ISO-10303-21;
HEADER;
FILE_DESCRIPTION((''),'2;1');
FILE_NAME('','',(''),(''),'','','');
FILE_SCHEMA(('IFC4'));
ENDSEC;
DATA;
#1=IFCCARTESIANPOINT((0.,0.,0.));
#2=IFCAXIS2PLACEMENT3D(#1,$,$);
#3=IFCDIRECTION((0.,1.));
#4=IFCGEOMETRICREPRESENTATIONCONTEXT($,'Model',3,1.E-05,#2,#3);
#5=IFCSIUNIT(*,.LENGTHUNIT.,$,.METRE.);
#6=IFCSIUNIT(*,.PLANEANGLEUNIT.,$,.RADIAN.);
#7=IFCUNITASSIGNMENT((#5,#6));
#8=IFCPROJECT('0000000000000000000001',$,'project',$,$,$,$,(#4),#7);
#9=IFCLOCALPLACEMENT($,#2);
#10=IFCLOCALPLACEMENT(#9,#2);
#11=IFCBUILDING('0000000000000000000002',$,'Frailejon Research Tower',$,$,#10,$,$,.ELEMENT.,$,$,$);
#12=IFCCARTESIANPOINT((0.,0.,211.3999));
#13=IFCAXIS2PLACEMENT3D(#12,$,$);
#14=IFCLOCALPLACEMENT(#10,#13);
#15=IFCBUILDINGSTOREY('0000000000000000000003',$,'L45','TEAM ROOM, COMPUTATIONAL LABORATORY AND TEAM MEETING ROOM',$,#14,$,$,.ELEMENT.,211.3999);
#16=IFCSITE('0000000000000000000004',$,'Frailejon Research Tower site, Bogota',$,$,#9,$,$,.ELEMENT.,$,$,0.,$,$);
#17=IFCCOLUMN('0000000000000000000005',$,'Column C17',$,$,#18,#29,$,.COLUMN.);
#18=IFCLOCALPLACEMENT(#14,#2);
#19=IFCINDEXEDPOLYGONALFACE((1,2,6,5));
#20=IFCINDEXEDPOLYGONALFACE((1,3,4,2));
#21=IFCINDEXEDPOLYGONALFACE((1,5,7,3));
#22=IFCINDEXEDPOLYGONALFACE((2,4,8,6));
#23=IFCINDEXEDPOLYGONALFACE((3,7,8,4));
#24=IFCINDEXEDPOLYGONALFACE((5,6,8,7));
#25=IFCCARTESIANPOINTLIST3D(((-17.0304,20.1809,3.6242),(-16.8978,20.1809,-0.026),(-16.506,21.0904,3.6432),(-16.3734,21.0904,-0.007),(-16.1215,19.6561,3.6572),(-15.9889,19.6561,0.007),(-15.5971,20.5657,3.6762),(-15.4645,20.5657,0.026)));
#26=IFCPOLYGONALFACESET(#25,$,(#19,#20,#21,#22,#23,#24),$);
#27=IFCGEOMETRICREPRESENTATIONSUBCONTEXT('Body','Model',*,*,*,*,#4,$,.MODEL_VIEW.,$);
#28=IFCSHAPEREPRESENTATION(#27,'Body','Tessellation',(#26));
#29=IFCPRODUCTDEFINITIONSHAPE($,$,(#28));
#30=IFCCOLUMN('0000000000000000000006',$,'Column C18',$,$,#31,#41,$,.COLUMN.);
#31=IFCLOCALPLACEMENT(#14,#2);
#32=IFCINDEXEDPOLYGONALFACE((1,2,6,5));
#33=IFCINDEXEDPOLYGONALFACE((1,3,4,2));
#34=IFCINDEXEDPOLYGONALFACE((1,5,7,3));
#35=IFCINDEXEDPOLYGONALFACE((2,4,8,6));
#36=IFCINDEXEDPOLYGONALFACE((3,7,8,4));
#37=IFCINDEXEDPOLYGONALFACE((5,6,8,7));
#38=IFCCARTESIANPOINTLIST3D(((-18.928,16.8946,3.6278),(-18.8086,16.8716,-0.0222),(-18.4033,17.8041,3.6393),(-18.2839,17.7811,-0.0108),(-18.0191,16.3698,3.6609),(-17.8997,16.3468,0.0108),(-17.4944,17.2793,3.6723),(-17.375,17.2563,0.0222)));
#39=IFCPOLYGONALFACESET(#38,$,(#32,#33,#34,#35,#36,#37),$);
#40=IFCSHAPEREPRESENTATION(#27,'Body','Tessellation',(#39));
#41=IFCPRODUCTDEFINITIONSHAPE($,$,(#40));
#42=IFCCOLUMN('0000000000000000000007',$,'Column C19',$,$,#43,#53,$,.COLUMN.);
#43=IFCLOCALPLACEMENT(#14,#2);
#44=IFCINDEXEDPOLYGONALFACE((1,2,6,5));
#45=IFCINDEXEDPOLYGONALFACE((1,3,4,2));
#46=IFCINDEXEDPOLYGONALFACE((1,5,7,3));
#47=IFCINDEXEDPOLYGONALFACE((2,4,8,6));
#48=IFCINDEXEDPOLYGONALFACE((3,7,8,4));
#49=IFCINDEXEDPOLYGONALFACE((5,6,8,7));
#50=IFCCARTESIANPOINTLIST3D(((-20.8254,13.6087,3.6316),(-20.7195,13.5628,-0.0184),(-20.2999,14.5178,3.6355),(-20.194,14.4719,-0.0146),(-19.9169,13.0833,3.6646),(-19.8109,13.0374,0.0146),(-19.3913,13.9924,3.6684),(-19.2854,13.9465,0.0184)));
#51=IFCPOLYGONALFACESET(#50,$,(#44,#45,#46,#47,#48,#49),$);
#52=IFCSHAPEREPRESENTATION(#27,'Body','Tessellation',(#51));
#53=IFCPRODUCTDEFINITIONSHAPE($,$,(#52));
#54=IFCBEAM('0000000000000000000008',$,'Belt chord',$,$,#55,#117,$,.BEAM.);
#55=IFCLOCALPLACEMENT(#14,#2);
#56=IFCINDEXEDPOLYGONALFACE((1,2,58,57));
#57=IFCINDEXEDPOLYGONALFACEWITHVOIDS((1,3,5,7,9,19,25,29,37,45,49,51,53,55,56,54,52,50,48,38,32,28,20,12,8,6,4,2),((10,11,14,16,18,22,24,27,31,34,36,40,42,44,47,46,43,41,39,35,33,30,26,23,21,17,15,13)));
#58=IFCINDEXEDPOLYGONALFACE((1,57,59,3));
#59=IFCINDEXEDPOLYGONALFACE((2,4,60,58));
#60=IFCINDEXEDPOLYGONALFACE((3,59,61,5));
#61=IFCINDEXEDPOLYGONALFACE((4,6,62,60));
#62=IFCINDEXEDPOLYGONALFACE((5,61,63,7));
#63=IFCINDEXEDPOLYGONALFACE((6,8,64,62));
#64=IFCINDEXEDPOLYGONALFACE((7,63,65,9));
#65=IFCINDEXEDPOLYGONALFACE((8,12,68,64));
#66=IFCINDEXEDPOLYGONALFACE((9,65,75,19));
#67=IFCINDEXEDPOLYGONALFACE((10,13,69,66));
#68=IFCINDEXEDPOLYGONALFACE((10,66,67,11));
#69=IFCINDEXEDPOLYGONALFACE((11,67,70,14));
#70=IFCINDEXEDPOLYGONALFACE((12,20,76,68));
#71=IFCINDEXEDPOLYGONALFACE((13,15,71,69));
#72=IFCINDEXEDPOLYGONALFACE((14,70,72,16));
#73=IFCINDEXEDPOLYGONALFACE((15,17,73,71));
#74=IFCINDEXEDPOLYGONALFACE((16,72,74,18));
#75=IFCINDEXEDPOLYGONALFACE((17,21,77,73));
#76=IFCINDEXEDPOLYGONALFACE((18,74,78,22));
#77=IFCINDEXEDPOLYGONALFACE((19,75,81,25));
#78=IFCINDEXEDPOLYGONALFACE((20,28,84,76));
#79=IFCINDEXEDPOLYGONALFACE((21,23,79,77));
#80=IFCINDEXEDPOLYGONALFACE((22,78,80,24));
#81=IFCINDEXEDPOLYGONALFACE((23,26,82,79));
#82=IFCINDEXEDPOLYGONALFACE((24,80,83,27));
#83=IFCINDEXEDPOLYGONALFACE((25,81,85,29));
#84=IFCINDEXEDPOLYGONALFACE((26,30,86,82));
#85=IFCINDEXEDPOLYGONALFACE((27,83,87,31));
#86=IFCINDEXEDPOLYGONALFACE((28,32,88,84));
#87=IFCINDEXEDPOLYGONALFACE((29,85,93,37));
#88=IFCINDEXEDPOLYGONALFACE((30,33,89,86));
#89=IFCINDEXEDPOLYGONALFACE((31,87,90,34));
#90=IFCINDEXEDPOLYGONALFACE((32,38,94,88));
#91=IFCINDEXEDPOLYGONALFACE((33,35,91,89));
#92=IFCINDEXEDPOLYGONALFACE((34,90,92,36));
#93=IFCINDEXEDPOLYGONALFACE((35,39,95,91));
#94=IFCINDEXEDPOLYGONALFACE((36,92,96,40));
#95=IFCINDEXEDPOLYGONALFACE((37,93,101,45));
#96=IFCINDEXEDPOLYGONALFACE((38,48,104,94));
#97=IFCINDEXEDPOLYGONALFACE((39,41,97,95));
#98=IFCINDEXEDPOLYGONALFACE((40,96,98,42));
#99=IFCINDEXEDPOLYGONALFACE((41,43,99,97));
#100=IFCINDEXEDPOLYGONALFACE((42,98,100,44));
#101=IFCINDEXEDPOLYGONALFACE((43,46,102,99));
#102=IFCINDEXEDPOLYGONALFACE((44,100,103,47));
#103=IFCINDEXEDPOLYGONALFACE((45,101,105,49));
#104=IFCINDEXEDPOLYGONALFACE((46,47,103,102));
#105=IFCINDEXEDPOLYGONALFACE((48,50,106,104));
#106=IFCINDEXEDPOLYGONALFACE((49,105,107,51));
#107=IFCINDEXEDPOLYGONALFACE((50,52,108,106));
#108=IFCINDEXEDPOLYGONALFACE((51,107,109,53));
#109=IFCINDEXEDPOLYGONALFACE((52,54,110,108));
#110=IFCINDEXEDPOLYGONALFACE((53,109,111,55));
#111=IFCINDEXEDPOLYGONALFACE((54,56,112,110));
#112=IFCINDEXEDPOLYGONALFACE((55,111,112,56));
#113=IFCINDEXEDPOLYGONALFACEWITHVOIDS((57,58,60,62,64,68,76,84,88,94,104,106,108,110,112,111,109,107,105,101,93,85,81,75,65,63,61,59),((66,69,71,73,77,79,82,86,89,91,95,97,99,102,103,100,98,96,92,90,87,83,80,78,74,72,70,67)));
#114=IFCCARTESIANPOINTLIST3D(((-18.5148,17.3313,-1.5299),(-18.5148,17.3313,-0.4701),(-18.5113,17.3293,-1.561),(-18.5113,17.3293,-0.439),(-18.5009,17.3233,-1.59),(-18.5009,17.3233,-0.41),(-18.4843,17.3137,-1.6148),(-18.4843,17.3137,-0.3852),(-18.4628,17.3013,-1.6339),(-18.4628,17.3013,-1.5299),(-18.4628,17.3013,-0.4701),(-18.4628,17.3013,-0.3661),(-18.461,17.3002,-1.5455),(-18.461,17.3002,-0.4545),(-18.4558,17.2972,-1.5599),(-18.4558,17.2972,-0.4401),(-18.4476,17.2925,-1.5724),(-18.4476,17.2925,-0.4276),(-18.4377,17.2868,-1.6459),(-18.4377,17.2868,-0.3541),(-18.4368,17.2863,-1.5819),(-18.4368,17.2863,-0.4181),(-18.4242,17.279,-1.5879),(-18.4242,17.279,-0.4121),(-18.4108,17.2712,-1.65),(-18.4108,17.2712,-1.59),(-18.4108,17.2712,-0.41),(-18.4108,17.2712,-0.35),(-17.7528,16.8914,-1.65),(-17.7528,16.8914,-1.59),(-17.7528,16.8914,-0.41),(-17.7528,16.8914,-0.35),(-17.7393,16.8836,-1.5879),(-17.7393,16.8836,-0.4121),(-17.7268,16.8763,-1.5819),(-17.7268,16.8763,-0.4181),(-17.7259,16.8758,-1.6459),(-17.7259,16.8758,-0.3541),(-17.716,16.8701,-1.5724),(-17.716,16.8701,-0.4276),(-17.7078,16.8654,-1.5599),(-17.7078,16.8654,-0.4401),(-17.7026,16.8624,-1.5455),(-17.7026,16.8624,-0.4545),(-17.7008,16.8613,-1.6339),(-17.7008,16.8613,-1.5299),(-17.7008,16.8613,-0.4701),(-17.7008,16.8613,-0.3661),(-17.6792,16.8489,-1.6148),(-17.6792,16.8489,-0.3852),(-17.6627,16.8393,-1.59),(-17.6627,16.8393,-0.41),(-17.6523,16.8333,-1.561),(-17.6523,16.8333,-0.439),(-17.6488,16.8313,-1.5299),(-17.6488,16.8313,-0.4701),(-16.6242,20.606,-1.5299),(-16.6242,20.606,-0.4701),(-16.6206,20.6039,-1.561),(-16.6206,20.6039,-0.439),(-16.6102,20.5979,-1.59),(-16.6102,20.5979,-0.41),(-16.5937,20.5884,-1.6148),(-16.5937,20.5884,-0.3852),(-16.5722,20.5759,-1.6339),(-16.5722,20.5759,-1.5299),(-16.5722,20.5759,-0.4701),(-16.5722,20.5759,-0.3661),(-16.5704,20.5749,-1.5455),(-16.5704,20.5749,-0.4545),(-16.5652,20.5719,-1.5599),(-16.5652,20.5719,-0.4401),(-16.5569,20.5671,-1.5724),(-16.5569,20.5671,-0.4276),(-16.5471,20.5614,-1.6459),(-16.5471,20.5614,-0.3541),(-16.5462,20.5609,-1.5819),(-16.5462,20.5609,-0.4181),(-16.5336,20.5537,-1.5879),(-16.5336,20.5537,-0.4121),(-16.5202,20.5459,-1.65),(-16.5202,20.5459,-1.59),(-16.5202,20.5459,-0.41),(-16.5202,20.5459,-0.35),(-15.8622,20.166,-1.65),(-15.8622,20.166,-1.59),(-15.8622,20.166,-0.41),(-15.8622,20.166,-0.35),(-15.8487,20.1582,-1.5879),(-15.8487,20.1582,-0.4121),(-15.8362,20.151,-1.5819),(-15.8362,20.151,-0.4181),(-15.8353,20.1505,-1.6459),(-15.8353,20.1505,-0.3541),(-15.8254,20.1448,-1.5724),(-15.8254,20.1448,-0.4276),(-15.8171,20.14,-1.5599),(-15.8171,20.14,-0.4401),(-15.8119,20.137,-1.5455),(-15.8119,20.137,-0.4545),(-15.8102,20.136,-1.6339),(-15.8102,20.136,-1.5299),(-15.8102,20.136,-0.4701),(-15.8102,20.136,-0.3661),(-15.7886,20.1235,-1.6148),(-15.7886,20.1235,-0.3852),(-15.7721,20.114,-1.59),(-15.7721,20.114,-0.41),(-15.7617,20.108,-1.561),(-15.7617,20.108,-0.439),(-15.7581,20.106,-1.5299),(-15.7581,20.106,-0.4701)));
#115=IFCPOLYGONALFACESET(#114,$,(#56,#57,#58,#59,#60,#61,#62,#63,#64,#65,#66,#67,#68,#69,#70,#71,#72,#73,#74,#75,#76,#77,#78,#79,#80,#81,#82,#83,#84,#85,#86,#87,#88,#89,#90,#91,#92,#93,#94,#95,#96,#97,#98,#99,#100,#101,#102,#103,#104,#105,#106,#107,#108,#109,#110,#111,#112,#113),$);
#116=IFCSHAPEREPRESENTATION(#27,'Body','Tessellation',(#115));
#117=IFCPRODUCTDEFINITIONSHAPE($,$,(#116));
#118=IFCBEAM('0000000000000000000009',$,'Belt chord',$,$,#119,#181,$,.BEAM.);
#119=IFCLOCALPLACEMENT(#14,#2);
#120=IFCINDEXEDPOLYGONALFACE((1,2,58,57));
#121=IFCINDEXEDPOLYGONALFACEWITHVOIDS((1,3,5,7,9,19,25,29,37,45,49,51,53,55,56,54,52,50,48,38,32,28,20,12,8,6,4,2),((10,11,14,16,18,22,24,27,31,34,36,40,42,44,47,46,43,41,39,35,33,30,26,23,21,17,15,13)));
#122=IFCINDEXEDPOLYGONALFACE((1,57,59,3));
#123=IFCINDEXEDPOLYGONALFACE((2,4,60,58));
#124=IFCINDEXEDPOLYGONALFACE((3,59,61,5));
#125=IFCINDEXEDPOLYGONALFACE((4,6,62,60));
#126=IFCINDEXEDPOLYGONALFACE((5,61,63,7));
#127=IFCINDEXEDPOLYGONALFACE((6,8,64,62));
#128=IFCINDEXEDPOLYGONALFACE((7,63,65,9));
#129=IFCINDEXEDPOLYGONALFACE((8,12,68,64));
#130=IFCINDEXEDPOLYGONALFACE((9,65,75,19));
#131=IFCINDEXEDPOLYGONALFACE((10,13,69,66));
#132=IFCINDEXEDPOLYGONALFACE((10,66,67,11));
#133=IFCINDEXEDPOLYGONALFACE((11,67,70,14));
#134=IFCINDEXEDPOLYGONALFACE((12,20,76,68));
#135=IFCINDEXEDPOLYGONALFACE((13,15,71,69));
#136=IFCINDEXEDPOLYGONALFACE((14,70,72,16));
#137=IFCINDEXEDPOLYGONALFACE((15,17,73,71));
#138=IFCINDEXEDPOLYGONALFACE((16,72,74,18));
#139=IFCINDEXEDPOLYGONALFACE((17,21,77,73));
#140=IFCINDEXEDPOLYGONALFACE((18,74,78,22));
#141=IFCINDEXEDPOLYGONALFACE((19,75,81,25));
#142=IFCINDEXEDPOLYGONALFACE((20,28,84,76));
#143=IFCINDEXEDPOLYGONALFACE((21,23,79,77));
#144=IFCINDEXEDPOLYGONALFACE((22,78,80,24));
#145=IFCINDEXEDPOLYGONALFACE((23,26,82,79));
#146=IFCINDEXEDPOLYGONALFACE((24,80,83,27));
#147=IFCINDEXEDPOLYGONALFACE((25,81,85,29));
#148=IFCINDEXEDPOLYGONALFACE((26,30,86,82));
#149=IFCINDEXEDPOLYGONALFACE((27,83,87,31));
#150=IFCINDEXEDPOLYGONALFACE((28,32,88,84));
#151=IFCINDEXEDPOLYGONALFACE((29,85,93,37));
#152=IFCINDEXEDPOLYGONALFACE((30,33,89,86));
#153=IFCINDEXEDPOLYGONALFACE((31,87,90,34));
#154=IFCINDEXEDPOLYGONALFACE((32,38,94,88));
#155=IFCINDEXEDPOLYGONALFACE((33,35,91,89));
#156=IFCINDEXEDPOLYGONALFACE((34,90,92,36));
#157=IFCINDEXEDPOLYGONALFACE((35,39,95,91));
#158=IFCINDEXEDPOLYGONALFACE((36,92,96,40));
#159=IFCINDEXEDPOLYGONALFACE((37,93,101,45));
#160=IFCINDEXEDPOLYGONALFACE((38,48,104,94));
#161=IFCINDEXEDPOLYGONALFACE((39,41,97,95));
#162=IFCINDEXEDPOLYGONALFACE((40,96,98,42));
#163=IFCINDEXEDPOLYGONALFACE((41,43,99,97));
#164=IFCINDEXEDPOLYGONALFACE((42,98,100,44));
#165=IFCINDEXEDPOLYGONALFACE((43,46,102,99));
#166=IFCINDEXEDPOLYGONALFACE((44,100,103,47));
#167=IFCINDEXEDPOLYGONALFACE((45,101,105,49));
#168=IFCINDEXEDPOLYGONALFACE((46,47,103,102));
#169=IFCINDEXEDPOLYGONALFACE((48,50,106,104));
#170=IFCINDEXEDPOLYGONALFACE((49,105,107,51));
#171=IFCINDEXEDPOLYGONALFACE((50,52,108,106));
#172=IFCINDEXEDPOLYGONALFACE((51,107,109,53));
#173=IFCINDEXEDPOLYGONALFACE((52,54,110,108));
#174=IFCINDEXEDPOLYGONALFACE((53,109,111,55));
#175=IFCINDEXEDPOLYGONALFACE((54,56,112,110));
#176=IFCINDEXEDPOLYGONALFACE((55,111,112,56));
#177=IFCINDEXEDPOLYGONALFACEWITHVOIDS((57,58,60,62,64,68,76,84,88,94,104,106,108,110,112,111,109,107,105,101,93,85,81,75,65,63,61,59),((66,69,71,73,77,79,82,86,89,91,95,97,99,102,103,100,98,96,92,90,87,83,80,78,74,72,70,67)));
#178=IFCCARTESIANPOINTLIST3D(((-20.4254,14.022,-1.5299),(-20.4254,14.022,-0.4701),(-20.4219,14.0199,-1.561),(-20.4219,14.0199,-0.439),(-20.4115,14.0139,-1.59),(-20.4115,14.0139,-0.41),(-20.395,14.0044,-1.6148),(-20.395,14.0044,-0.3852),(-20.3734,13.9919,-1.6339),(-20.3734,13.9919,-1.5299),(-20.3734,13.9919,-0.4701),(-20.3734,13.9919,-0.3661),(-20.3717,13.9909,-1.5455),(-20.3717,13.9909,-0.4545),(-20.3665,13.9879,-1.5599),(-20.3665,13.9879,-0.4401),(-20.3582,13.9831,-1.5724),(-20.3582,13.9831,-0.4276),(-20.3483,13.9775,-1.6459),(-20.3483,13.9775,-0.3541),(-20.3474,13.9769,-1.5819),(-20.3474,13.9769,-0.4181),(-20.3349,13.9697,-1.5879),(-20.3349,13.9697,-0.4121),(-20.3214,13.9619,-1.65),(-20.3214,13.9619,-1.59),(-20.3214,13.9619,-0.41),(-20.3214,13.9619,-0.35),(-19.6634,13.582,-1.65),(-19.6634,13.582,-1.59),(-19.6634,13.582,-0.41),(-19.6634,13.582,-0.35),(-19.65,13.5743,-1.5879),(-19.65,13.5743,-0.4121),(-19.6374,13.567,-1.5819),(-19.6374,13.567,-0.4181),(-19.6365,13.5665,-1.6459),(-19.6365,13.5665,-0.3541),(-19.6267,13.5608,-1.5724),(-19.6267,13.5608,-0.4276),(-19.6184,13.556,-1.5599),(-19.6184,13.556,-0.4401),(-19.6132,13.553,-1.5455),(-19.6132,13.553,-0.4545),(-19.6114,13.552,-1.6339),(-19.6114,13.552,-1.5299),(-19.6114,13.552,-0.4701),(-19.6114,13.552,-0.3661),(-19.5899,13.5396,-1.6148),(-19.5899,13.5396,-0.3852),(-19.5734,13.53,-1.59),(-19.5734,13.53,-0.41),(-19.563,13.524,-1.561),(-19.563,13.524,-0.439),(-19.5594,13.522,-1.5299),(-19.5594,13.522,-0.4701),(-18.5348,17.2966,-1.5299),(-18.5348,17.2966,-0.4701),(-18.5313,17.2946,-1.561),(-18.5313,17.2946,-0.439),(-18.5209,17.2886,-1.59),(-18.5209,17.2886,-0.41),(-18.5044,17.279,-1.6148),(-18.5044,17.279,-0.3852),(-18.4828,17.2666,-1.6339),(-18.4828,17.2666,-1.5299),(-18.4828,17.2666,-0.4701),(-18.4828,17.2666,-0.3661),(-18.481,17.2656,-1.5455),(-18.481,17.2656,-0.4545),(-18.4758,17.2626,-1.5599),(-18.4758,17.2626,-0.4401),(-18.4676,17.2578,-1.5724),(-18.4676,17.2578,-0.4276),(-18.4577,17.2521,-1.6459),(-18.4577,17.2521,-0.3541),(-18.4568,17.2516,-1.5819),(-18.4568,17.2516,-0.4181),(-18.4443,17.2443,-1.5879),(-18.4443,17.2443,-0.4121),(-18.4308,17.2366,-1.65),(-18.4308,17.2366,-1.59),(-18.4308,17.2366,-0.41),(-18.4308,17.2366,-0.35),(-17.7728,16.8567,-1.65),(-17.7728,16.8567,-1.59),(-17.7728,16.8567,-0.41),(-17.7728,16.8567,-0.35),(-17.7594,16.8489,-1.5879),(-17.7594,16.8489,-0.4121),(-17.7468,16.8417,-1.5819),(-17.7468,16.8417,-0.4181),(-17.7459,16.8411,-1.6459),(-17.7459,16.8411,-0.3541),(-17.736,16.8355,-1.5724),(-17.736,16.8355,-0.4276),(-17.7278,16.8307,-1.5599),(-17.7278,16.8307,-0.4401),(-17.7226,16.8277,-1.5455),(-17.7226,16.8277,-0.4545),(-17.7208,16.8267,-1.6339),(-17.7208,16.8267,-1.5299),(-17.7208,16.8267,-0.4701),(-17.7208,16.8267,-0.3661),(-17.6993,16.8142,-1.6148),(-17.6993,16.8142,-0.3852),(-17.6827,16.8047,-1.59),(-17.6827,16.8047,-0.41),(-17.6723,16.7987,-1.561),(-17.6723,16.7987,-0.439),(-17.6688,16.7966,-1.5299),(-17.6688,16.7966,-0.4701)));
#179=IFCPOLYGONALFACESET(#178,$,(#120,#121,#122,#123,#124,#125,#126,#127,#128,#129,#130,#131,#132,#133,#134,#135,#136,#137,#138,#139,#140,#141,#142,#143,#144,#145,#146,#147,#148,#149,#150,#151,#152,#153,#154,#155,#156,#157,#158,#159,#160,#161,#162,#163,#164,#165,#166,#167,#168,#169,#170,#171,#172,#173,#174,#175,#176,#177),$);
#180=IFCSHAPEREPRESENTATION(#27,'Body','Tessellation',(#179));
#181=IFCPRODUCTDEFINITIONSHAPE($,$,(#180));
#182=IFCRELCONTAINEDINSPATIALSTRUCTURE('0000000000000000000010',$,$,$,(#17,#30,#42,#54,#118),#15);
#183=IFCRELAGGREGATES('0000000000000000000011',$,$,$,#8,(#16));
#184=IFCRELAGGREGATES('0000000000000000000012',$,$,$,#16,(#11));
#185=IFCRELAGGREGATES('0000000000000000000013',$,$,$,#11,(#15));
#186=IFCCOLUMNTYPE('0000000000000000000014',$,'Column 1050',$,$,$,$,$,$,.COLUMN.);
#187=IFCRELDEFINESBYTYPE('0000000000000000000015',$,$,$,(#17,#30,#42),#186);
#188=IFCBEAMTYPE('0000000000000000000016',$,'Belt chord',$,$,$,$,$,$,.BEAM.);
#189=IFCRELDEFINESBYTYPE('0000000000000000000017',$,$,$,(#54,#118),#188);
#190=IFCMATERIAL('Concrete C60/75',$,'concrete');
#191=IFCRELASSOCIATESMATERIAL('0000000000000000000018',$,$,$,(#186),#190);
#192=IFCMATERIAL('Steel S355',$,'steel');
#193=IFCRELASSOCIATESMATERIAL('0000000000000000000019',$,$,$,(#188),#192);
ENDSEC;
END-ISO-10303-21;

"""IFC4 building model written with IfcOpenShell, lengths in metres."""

from ifc_helpers import new_model, si_unit, direction, frame, origin, origin_2d, place, context, subcontext, project, spatial, rectangle, hollow_rectangle, extrude, material, material_profile, profile_set, type_object, element, save


model = new_model("IFC4")

# Units and contexts
model_context = context("Model", 3, precision=1e-05, world=origin(), true_north=direction((0.0, 1.0)))
body_context = subcontext(model_context, "Body", "Model", "MODEL_VIEW")
ifc_project = project(units=[si_unit("LENGTHUNIT", "METRE"), si_unit("PLANEANGLEUNIT", "RADIAN")], contexts=[model_context])

# Site, building, storey
site_placement = place(None, origin())
site = spatial("IfcSite", under=ifc_project, at=site_placement, Name="Frailejon Research Tower site, Bogota", CompositionType="ELEMENT", RefElevation=0.0)
building_placement = place(site_placement, origin())
building = spatial("IfcBuilding", under=site, at=building_placement, Name="Frailejon Research Tower", CompositionType="ELEMENT")
storey_placement = place(building_placement, frame((0.0, 0.0, 211.3999)))
storey = spatial("IfcBuildingStorey", under=building, at=storey_placement, Name="L45", Description="TEAM ROOM, COMPUTATIONAL LABORATORY AND TEAM MEETING ROOM", CompositionType="ELEMENT", Elevation=211.3999)

# Columns
ifc_material_1 = material(Name="Concrete C60/75", Category="concrete")
ifc_material_profile_1 = material_profile(ifc_material_1, rectangle(XDim=1.05, YDim=1.05, at=origin_2d()), Name="Column 1050")
ifc_profile_set_1 = profile_set([ifc_material_profile_1], Name="Concrete C60/75")
column_type = type_object("IfcColumnType", Name="Column 1050", PredefinedType="COLUMN", material=ifc_profile_set_1)
column_1_placement = place(storey_placement, frame((-16.1812, 20.3733, 0.0), z_axis=(-0.036295, 0.0, 0.999341), x_axis=(-0.499424, -0.866168, -0.018138)))
element("IfcColumn", 1, at=column_1_placement, inside=storey, type_object=column_type, Name="Column C17", PredefinedType="COLUMN", context=body_context, shape_type="SweptSolid", body=[
    extrude(rectangle(XDim=1.05, YDim=1.05, at=origin_2d()), origin(), (0.0, 0.0, 1.0), 3.6526),
])
column_2_placement = place(storey_placement, frame((-18.0918, 17.064, 0.0), z_axis=(-0.032689, 0.006284, 0.999446), x_axis=(-0.499707, -0.866126, -0.010898)))
element("IfcColumn", 2, at=column_2_placement, inside=storey, type_object=column_type, Name="Column C18", PredefinedType="COLUMN", context=body_context, shape_type="SweptSolid", body=[
    extrude(rectangle(XDim=1.05, YDim=1.05, at=origin_2d()), origin(), (0.0, 0.0, 1.0), 3.6521),
])
column_3_placement = place(storey_placement, frame((-20.0024, 13.7546, 0.0), z_axis=(-0.029014, 0.012568, 0.9995), x_axis=(-0.500476, -0.865743, -0.003642)))
element("IfcColumn", 3, at=column_3_placement, inside=storey, type_object=column_type, Name="Column C19", PredefinedType="COLUMN", context=body_context, shape_type="SweptSolid", body=[
    extrude(rectangle(XDim=1.05, YDim=1.05, at=origin_2d()), origin(), (0.0, 0.0, 1.0), 3.6519),
])

# Beams
ifc_material_2 = material(Name="Steel S355", Category="steel")
ifc_material_profile_2 = material_profile(ifc_material_2, hollow_rectangle(XDim=1.0, YDim=1.3, WallThickness=0.0601, InnerFilletRadius=0.0601, OuterFilletRadius=0.1201, at=origin_2d()), Name="Belt chord")
ifc_profile_set_2 = profile_set([ifc_material_profile_2], Name="Steel S355")
beam_type_1 = type_object("IfcBeamType", Name="Belt chord", PredefinedType="BEAM", material=ifc_profile_set_2)
for number, where, z_axis, x_axis, name in (
    (4, (-16.1912, 20.356, -1.0), (-0.5, -0.866025, 0.0), (0.866025, -0.5, 0.0), "Belt chord"),
    (5, (-18.1018, 17.0466, -1.0), (-0.5, -0.866025, 0.0), (0.866025, -0.5, 0.0), "Belt chord"),
):
    element("IfcBeam", number, at=place(storey_placement, frame(where, z_axis=z_axis, x_axis=x_axis)), inside=storey, type_object=beam_type_1, Name=name, PredefinedType="BEAM", context=body_context, shape_type="SweptSolid", body=[
        extrude(hollow_rectangle(XDim=1.0, YDim=1.3, WallThickness=0.0601, InnerFilletRadius=0.0601, OuterFilletRadius=0.1201, at=origin_2d()), origin(), (0.0, 0.0, 1.0), 3.7812),
    ])

save(model, "model.ifc")
